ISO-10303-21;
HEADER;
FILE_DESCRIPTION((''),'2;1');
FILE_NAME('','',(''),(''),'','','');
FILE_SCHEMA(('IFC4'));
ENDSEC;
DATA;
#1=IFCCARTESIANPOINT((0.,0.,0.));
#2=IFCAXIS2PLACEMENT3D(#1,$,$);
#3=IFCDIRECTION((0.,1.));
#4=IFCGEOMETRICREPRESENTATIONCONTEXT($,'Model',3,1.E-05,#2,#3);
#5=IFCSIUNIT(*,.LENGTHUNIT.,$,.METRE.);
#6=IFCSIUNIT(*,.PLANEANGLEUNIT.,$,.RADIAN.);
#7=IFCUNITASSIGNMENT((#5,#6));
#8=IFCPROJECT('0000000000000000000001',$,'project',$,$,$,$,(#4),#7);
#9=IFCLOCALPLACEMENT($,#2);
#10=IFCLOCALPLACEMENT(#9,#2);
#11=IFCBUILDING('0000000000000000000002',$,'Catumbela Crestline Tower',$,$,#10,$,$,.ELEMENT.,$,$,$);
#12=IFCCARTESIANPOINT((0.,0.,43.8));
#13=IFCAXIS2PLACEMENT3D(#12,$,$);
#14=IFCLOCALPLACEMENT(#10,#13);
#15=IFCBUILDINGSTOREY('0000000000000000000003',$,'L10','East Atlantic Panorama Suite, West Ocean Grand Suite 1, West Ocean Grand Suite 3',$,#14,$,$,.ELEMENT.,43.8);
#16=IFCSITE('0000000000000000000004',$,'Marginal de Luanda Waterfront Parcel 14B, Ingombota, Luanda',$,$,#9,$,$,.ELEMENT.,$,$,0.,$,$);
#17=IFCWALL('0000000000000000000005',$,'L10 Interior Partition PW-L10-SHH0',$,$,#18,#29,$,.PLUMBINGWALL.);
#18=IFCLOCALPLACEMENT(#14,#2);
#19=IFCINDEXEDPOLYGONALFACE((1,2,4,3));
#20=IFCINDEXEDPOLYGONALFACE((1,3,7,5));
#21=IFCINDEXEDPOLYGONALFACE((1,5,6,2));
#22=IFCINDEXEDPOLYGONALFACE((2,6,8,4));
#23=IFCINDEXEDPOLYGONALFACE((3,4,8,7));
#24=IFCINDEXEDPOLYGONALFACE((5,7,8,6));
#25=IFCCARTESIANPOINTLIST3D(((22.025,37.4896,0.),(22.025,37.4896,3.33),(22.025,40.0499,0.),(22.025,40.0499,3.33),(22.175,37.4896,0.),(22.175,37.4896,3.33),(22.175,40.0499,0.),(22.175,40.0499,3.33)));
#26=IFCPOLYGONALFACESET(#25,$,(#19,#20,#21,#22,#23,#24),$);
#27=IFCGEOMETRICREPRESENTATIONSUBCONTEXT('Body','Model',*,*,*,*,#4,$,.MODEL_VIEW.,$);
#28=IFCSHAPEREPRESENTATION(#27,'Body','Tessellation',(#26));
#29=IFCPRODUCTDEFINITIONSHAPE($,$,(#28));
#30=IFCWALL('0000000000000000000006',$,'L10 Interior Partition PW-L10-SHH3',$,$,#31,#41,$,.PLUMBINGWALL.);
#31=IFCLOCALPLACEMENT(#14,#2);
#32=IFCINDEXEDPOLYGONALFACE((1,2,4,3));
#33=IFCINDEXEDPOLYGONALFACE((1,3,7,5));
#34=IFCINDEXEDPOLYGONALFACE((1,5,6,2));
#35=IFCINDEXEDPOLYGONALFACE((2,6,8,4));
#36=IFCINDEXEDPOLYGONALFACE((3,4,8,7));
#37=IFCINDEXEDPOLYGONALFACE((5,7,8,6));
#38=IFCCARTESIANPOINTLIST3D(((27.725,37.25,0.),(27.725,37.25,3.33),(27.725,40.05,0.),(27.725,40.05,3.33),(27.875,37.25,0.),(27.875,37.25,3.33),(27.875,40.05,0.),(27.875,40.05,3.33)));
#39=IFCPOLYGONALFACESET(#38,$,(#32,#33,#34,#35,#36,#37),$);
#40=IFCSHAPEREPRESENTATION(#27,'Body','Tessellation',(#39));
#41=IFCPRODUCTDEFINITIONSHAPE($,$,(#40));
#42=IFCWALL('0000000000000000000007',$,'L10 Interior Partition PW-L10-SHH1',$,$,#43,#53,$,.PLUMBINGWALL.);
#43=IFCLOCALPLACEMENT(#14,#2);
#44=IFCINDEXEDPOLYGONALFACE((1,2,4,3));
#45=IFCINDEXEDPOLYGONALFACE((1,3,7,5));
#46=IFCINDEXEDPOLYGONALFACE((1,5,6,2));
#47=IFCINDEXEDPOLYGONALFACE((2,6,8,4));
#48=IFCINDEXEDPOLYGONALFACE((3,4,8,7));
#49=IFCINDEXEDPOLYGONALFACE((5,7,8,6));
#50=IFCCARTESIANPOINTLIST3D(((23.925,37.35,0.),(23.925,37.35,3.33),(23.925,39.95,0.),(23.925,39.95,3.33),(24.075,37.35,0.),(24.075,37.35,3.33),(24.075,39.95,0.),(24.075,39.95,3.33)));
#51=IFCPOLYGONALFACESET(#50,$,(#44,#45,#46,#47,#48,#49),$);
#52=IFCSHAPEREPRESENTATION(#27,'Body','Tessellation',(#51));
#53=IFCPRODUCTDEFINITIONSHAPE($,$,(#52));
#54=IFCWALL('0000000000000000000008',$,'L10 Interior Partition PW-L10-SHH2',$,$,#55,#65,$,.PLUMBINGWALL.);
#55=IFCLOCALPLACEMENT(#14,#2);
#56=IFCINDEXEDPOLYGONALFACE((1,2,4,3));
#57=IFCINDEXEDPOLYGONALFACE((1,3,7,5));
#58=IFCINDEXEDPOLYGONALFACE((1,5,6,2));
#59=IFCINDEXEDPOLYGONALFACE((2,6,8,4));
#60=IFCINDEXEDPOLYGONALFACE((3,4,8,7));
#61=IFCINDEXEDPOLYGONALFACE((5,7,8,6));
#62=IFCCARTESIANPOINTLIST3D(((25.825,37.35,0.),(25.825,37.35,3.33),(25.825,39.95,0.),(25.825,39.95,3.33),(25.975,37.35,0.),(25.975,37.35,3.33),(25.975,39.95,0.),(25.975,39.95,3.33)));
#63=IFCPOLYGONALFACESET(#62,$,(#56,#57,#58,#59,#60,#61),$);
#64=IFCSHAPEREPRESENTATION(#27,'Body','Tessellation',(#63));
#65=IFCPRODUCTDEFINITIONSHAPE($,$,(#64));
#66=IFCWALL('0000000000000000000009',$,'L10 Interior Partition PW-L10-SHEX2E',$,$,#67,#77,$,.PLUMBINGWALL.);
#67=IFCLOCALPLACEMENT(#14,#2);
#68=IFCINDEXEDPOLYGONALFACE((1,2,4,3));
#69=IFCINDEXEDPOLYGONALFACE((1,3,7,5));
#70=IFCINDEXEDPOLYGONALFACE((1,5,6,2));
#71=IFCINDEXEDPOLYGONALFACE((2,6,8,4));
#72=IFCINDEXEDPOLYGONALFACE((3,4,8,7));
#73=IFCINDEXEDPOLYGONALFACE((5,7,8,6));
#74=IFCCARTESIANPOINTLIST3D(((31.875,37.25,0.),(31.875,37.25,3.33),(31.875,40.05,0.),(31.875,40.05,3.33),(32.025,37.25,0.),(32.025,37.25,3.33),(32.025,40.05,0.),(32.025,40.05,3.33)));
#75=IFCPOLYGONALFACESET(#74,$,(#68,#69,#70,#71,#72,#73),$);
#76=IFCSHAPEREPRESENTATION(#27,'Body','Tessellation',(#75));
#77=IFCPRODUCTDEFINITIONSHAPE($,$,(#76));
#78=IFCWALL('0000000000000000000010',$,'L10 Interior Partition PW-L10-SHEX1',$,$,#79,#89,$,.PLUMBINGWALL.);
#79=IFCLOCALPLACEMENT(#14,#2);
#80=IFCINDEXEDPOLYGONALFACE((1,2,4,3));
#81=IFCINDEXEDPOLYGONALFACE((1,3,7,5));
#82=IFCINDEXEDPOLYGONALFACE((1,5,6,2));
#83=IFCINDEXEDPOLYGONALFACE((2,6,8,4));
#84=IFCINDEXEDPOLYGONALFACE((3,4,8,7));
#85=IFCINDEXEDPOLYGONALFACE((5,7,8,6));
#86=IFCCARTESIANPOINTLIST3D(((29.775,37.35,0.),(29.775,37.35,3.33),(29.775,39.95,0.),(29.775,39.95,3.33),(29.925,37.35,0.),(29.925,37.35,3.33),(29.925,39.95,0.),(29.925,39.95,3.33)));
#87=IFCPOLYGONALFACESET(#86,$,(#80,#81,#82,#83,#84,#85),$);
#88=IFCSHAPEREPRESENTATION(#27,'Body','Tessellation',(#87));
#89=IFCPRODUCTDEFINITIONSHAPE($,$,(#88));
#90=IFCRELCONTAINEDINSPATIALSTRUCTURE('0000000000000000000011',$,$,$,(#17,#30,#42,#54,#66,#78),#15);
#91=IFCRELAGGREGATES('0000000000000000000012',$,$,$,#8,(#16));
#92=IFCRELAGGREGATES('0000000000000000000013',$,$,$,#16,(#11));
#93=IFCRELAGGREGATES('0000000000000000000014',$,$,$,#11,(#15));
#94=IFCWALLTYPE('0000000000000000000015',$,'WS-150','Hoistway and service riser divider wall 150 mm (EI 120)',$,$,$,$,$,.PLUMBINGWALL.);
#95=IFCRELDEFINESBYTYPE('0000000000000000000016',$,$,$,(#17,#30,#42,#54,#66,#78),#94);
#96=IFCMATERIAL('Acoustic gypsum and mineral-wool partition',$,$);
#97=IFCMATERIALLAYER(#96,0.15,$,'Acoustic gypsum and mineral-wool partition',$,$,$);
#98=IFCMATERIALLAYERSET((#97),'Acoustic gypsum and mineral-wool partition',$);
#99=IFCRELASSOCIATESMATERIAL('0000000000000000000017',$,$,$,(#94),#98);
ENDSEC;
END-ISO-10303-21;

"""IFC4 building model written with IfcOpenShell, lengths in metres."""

from ifc_helpers import new_model, si_unit, direction, frame, frame_2d, origin, place, context, subcontext, project, spatial, rectangle, extrude, material, layer, layer_set, type_object, element, save


model = new_model("IFC4")

# Units and contexts
model_context = context("Model", 3, precision=1e-05, world=origin(), true_north=direction((0.0, 1.0)))
body_context = subcontext(model_context, "Body", "Model", "MODEL_VIEW")
ifc_project = project(units=[si_unit("LENGTHUNIT", "METRE"), si_unit("PLANEANGLEUNIT", "RADIAN")], contexts=[model_context])

# Site, building, storey
site_placement = place(None, origin())
site = spatial("IfcSite", under=ifc_project, at=site_placement, Name="Marginal de Luanda Waterfront Parcel 14B, Ingombota, Luanda", CompositionType="ELEMENT", RefElevation=0.0)
building_placement = place(site_placement, origin())
building = spatial("IfcBuilding", under=site, at=building_placement, Name="Catumbela Crestline Tower", CompositionType="ELEMENT")
storey_placement = place(building_placement, frame((0.0, 0.0, 43.8)))
storey = spatial("IfcBuildingStorey", under=building, at=storey_placement, Name="L10", Description="East Atlantic Panorama Suite, West Ocean Grand Suite 1, West Ocean Grand Suite 3", CompositionType="ELEMENT", Elevation=43.8)

# Walls
ifc_material_1 = material(Name="Acoustic gypsum and mineral-wool partition")
ifc_layer_1 = layer(ifc_material_1, 0.15, Name="Acoustic gypsum and mineral-wool partition")
ifc_layer_set_1 = layer_set([ifc_layer_1], Name="Acoustic gypsum and mineral-wool partition")
wall_type_1 = type_object("IfcWallType", Name="WS-150", Description="Hoistway and service riser divider wall 150 mm (EI 120)", PredefinedType="PLUMBINGWALL", material=ifc_layer_set_1)
wall_1_placement = place(storey_placement, frame((22.1, 37.4897, 0.0), z_axis=(0.0, 0.0, 1.0), x_axis=(0.0, 1.0, 0.0)))
element("IfcWall", 1, at=wall_1_placement, inside=storey, type_object=wall_type_1, Name="L10 Interior Partition PW-L10-SHH0", PredefinedType="PLUMBINGWALL", context=body_context, shape_type="SweptSolid", body=[
    extrude(rectangle(XDim=2.5603, YDim=0.15, at=frame_2d((1.2801, 0.0))), origin(), (0.0, 0.0, 1.0), 3.33),
])
wall_2_placement = place(storey_placement, frame((27.8, 37.25, 0.0), z_axis=(0.0, 0.0, 1.0), x_axis=(0.0, 1.0, 0.0)))
element("IfcWall", 2, at=wall_2_placement, inside=storey, type_object=wall_type_1, Name="L10 Interior Partition PW-L10-SHH3", PredefinedType="PLUMBINGWALL", context=body_context, shape_type="SweptSolid", body=[
    extrude(rectangle(XDim=2.8, YDim=0.15, at=frame_2d((1.4, 0.0))), origin(), (0.0, 0.0, 1.0), 3.33),
])
for number, where, z_axis, x_axis, name in (
    (3, (24.0, 37.35, 0.0), (0.0, 0.0, 1.0), (0.0, 1.0, 0.0), "L10 Interior Partition PW-L10-SHH1"),
    (4, (25.9, 37.35, 0.0), (0.0, 0.0, 1.0), (0.0, 1.0, 0.0), "L10 Interior Partition PW-L10-SHH2"),
):
    element("IfcWall", number, at=place(storey_placement, frame(where, z_axis=z_axis, x_axis=x_axis)), inside=storey, type_object=wall_type_1, Name=name, PredefinedType="PLUMBINGWALL", context=body_context, shape_type="SweptSolid", body=[
        extrude(rectangle(XDim=2.6, YDim=0.15, at=frame_2d((1.3, 0.0))), origin(), (0.0, 0.0, 1.0), 3.33),
    ])
wall_3_placement = place(storey_placement, frame((31.95, 37.25, 0.0), z_axis=(0.0, 0.0, 1.0), x_axis=(0.0, 1.0, 0.0)))
element("IfcWall", 5, at=wall_3_placement, inside=storey, type_object=wall_type_1, Name="L10 Interior Partition PW-L10-SHEX2E", PredefinedType="PLUMBINGWALL", context=body_context, shape_type="SweptSolid", body=[
    extrude(rectangle(XDim=2.8, YDim=0.15, at=frame_2d((1.4, 0.0))), origin(), (0.0, 0.0, 1.0), 3.33),
])
wall_4_placement = place(storey_placement, frame((29.85, 37.35, 0.0), z_axis=(0.0, 0.0, 1.0), x_axis=(0.0, 1.0, 0.0)))
element("IfcWall", 6, at=wall_4_placement, inside=storey, type_object=wall_type_1, Name="L10 Interior Partition PW-L10-SHEX1", PredefinedType="PLUMBINGWALL", context=body_context, shape_type="SweptSolid", body=[
    extrude(rectangle(XDim=2.6, YDim=0.15, at=frame_2d((1.3, 0.0))), origin(), (0.0, 0.0, 1.0), 3.33),
])

save(model, "model.ifc")
